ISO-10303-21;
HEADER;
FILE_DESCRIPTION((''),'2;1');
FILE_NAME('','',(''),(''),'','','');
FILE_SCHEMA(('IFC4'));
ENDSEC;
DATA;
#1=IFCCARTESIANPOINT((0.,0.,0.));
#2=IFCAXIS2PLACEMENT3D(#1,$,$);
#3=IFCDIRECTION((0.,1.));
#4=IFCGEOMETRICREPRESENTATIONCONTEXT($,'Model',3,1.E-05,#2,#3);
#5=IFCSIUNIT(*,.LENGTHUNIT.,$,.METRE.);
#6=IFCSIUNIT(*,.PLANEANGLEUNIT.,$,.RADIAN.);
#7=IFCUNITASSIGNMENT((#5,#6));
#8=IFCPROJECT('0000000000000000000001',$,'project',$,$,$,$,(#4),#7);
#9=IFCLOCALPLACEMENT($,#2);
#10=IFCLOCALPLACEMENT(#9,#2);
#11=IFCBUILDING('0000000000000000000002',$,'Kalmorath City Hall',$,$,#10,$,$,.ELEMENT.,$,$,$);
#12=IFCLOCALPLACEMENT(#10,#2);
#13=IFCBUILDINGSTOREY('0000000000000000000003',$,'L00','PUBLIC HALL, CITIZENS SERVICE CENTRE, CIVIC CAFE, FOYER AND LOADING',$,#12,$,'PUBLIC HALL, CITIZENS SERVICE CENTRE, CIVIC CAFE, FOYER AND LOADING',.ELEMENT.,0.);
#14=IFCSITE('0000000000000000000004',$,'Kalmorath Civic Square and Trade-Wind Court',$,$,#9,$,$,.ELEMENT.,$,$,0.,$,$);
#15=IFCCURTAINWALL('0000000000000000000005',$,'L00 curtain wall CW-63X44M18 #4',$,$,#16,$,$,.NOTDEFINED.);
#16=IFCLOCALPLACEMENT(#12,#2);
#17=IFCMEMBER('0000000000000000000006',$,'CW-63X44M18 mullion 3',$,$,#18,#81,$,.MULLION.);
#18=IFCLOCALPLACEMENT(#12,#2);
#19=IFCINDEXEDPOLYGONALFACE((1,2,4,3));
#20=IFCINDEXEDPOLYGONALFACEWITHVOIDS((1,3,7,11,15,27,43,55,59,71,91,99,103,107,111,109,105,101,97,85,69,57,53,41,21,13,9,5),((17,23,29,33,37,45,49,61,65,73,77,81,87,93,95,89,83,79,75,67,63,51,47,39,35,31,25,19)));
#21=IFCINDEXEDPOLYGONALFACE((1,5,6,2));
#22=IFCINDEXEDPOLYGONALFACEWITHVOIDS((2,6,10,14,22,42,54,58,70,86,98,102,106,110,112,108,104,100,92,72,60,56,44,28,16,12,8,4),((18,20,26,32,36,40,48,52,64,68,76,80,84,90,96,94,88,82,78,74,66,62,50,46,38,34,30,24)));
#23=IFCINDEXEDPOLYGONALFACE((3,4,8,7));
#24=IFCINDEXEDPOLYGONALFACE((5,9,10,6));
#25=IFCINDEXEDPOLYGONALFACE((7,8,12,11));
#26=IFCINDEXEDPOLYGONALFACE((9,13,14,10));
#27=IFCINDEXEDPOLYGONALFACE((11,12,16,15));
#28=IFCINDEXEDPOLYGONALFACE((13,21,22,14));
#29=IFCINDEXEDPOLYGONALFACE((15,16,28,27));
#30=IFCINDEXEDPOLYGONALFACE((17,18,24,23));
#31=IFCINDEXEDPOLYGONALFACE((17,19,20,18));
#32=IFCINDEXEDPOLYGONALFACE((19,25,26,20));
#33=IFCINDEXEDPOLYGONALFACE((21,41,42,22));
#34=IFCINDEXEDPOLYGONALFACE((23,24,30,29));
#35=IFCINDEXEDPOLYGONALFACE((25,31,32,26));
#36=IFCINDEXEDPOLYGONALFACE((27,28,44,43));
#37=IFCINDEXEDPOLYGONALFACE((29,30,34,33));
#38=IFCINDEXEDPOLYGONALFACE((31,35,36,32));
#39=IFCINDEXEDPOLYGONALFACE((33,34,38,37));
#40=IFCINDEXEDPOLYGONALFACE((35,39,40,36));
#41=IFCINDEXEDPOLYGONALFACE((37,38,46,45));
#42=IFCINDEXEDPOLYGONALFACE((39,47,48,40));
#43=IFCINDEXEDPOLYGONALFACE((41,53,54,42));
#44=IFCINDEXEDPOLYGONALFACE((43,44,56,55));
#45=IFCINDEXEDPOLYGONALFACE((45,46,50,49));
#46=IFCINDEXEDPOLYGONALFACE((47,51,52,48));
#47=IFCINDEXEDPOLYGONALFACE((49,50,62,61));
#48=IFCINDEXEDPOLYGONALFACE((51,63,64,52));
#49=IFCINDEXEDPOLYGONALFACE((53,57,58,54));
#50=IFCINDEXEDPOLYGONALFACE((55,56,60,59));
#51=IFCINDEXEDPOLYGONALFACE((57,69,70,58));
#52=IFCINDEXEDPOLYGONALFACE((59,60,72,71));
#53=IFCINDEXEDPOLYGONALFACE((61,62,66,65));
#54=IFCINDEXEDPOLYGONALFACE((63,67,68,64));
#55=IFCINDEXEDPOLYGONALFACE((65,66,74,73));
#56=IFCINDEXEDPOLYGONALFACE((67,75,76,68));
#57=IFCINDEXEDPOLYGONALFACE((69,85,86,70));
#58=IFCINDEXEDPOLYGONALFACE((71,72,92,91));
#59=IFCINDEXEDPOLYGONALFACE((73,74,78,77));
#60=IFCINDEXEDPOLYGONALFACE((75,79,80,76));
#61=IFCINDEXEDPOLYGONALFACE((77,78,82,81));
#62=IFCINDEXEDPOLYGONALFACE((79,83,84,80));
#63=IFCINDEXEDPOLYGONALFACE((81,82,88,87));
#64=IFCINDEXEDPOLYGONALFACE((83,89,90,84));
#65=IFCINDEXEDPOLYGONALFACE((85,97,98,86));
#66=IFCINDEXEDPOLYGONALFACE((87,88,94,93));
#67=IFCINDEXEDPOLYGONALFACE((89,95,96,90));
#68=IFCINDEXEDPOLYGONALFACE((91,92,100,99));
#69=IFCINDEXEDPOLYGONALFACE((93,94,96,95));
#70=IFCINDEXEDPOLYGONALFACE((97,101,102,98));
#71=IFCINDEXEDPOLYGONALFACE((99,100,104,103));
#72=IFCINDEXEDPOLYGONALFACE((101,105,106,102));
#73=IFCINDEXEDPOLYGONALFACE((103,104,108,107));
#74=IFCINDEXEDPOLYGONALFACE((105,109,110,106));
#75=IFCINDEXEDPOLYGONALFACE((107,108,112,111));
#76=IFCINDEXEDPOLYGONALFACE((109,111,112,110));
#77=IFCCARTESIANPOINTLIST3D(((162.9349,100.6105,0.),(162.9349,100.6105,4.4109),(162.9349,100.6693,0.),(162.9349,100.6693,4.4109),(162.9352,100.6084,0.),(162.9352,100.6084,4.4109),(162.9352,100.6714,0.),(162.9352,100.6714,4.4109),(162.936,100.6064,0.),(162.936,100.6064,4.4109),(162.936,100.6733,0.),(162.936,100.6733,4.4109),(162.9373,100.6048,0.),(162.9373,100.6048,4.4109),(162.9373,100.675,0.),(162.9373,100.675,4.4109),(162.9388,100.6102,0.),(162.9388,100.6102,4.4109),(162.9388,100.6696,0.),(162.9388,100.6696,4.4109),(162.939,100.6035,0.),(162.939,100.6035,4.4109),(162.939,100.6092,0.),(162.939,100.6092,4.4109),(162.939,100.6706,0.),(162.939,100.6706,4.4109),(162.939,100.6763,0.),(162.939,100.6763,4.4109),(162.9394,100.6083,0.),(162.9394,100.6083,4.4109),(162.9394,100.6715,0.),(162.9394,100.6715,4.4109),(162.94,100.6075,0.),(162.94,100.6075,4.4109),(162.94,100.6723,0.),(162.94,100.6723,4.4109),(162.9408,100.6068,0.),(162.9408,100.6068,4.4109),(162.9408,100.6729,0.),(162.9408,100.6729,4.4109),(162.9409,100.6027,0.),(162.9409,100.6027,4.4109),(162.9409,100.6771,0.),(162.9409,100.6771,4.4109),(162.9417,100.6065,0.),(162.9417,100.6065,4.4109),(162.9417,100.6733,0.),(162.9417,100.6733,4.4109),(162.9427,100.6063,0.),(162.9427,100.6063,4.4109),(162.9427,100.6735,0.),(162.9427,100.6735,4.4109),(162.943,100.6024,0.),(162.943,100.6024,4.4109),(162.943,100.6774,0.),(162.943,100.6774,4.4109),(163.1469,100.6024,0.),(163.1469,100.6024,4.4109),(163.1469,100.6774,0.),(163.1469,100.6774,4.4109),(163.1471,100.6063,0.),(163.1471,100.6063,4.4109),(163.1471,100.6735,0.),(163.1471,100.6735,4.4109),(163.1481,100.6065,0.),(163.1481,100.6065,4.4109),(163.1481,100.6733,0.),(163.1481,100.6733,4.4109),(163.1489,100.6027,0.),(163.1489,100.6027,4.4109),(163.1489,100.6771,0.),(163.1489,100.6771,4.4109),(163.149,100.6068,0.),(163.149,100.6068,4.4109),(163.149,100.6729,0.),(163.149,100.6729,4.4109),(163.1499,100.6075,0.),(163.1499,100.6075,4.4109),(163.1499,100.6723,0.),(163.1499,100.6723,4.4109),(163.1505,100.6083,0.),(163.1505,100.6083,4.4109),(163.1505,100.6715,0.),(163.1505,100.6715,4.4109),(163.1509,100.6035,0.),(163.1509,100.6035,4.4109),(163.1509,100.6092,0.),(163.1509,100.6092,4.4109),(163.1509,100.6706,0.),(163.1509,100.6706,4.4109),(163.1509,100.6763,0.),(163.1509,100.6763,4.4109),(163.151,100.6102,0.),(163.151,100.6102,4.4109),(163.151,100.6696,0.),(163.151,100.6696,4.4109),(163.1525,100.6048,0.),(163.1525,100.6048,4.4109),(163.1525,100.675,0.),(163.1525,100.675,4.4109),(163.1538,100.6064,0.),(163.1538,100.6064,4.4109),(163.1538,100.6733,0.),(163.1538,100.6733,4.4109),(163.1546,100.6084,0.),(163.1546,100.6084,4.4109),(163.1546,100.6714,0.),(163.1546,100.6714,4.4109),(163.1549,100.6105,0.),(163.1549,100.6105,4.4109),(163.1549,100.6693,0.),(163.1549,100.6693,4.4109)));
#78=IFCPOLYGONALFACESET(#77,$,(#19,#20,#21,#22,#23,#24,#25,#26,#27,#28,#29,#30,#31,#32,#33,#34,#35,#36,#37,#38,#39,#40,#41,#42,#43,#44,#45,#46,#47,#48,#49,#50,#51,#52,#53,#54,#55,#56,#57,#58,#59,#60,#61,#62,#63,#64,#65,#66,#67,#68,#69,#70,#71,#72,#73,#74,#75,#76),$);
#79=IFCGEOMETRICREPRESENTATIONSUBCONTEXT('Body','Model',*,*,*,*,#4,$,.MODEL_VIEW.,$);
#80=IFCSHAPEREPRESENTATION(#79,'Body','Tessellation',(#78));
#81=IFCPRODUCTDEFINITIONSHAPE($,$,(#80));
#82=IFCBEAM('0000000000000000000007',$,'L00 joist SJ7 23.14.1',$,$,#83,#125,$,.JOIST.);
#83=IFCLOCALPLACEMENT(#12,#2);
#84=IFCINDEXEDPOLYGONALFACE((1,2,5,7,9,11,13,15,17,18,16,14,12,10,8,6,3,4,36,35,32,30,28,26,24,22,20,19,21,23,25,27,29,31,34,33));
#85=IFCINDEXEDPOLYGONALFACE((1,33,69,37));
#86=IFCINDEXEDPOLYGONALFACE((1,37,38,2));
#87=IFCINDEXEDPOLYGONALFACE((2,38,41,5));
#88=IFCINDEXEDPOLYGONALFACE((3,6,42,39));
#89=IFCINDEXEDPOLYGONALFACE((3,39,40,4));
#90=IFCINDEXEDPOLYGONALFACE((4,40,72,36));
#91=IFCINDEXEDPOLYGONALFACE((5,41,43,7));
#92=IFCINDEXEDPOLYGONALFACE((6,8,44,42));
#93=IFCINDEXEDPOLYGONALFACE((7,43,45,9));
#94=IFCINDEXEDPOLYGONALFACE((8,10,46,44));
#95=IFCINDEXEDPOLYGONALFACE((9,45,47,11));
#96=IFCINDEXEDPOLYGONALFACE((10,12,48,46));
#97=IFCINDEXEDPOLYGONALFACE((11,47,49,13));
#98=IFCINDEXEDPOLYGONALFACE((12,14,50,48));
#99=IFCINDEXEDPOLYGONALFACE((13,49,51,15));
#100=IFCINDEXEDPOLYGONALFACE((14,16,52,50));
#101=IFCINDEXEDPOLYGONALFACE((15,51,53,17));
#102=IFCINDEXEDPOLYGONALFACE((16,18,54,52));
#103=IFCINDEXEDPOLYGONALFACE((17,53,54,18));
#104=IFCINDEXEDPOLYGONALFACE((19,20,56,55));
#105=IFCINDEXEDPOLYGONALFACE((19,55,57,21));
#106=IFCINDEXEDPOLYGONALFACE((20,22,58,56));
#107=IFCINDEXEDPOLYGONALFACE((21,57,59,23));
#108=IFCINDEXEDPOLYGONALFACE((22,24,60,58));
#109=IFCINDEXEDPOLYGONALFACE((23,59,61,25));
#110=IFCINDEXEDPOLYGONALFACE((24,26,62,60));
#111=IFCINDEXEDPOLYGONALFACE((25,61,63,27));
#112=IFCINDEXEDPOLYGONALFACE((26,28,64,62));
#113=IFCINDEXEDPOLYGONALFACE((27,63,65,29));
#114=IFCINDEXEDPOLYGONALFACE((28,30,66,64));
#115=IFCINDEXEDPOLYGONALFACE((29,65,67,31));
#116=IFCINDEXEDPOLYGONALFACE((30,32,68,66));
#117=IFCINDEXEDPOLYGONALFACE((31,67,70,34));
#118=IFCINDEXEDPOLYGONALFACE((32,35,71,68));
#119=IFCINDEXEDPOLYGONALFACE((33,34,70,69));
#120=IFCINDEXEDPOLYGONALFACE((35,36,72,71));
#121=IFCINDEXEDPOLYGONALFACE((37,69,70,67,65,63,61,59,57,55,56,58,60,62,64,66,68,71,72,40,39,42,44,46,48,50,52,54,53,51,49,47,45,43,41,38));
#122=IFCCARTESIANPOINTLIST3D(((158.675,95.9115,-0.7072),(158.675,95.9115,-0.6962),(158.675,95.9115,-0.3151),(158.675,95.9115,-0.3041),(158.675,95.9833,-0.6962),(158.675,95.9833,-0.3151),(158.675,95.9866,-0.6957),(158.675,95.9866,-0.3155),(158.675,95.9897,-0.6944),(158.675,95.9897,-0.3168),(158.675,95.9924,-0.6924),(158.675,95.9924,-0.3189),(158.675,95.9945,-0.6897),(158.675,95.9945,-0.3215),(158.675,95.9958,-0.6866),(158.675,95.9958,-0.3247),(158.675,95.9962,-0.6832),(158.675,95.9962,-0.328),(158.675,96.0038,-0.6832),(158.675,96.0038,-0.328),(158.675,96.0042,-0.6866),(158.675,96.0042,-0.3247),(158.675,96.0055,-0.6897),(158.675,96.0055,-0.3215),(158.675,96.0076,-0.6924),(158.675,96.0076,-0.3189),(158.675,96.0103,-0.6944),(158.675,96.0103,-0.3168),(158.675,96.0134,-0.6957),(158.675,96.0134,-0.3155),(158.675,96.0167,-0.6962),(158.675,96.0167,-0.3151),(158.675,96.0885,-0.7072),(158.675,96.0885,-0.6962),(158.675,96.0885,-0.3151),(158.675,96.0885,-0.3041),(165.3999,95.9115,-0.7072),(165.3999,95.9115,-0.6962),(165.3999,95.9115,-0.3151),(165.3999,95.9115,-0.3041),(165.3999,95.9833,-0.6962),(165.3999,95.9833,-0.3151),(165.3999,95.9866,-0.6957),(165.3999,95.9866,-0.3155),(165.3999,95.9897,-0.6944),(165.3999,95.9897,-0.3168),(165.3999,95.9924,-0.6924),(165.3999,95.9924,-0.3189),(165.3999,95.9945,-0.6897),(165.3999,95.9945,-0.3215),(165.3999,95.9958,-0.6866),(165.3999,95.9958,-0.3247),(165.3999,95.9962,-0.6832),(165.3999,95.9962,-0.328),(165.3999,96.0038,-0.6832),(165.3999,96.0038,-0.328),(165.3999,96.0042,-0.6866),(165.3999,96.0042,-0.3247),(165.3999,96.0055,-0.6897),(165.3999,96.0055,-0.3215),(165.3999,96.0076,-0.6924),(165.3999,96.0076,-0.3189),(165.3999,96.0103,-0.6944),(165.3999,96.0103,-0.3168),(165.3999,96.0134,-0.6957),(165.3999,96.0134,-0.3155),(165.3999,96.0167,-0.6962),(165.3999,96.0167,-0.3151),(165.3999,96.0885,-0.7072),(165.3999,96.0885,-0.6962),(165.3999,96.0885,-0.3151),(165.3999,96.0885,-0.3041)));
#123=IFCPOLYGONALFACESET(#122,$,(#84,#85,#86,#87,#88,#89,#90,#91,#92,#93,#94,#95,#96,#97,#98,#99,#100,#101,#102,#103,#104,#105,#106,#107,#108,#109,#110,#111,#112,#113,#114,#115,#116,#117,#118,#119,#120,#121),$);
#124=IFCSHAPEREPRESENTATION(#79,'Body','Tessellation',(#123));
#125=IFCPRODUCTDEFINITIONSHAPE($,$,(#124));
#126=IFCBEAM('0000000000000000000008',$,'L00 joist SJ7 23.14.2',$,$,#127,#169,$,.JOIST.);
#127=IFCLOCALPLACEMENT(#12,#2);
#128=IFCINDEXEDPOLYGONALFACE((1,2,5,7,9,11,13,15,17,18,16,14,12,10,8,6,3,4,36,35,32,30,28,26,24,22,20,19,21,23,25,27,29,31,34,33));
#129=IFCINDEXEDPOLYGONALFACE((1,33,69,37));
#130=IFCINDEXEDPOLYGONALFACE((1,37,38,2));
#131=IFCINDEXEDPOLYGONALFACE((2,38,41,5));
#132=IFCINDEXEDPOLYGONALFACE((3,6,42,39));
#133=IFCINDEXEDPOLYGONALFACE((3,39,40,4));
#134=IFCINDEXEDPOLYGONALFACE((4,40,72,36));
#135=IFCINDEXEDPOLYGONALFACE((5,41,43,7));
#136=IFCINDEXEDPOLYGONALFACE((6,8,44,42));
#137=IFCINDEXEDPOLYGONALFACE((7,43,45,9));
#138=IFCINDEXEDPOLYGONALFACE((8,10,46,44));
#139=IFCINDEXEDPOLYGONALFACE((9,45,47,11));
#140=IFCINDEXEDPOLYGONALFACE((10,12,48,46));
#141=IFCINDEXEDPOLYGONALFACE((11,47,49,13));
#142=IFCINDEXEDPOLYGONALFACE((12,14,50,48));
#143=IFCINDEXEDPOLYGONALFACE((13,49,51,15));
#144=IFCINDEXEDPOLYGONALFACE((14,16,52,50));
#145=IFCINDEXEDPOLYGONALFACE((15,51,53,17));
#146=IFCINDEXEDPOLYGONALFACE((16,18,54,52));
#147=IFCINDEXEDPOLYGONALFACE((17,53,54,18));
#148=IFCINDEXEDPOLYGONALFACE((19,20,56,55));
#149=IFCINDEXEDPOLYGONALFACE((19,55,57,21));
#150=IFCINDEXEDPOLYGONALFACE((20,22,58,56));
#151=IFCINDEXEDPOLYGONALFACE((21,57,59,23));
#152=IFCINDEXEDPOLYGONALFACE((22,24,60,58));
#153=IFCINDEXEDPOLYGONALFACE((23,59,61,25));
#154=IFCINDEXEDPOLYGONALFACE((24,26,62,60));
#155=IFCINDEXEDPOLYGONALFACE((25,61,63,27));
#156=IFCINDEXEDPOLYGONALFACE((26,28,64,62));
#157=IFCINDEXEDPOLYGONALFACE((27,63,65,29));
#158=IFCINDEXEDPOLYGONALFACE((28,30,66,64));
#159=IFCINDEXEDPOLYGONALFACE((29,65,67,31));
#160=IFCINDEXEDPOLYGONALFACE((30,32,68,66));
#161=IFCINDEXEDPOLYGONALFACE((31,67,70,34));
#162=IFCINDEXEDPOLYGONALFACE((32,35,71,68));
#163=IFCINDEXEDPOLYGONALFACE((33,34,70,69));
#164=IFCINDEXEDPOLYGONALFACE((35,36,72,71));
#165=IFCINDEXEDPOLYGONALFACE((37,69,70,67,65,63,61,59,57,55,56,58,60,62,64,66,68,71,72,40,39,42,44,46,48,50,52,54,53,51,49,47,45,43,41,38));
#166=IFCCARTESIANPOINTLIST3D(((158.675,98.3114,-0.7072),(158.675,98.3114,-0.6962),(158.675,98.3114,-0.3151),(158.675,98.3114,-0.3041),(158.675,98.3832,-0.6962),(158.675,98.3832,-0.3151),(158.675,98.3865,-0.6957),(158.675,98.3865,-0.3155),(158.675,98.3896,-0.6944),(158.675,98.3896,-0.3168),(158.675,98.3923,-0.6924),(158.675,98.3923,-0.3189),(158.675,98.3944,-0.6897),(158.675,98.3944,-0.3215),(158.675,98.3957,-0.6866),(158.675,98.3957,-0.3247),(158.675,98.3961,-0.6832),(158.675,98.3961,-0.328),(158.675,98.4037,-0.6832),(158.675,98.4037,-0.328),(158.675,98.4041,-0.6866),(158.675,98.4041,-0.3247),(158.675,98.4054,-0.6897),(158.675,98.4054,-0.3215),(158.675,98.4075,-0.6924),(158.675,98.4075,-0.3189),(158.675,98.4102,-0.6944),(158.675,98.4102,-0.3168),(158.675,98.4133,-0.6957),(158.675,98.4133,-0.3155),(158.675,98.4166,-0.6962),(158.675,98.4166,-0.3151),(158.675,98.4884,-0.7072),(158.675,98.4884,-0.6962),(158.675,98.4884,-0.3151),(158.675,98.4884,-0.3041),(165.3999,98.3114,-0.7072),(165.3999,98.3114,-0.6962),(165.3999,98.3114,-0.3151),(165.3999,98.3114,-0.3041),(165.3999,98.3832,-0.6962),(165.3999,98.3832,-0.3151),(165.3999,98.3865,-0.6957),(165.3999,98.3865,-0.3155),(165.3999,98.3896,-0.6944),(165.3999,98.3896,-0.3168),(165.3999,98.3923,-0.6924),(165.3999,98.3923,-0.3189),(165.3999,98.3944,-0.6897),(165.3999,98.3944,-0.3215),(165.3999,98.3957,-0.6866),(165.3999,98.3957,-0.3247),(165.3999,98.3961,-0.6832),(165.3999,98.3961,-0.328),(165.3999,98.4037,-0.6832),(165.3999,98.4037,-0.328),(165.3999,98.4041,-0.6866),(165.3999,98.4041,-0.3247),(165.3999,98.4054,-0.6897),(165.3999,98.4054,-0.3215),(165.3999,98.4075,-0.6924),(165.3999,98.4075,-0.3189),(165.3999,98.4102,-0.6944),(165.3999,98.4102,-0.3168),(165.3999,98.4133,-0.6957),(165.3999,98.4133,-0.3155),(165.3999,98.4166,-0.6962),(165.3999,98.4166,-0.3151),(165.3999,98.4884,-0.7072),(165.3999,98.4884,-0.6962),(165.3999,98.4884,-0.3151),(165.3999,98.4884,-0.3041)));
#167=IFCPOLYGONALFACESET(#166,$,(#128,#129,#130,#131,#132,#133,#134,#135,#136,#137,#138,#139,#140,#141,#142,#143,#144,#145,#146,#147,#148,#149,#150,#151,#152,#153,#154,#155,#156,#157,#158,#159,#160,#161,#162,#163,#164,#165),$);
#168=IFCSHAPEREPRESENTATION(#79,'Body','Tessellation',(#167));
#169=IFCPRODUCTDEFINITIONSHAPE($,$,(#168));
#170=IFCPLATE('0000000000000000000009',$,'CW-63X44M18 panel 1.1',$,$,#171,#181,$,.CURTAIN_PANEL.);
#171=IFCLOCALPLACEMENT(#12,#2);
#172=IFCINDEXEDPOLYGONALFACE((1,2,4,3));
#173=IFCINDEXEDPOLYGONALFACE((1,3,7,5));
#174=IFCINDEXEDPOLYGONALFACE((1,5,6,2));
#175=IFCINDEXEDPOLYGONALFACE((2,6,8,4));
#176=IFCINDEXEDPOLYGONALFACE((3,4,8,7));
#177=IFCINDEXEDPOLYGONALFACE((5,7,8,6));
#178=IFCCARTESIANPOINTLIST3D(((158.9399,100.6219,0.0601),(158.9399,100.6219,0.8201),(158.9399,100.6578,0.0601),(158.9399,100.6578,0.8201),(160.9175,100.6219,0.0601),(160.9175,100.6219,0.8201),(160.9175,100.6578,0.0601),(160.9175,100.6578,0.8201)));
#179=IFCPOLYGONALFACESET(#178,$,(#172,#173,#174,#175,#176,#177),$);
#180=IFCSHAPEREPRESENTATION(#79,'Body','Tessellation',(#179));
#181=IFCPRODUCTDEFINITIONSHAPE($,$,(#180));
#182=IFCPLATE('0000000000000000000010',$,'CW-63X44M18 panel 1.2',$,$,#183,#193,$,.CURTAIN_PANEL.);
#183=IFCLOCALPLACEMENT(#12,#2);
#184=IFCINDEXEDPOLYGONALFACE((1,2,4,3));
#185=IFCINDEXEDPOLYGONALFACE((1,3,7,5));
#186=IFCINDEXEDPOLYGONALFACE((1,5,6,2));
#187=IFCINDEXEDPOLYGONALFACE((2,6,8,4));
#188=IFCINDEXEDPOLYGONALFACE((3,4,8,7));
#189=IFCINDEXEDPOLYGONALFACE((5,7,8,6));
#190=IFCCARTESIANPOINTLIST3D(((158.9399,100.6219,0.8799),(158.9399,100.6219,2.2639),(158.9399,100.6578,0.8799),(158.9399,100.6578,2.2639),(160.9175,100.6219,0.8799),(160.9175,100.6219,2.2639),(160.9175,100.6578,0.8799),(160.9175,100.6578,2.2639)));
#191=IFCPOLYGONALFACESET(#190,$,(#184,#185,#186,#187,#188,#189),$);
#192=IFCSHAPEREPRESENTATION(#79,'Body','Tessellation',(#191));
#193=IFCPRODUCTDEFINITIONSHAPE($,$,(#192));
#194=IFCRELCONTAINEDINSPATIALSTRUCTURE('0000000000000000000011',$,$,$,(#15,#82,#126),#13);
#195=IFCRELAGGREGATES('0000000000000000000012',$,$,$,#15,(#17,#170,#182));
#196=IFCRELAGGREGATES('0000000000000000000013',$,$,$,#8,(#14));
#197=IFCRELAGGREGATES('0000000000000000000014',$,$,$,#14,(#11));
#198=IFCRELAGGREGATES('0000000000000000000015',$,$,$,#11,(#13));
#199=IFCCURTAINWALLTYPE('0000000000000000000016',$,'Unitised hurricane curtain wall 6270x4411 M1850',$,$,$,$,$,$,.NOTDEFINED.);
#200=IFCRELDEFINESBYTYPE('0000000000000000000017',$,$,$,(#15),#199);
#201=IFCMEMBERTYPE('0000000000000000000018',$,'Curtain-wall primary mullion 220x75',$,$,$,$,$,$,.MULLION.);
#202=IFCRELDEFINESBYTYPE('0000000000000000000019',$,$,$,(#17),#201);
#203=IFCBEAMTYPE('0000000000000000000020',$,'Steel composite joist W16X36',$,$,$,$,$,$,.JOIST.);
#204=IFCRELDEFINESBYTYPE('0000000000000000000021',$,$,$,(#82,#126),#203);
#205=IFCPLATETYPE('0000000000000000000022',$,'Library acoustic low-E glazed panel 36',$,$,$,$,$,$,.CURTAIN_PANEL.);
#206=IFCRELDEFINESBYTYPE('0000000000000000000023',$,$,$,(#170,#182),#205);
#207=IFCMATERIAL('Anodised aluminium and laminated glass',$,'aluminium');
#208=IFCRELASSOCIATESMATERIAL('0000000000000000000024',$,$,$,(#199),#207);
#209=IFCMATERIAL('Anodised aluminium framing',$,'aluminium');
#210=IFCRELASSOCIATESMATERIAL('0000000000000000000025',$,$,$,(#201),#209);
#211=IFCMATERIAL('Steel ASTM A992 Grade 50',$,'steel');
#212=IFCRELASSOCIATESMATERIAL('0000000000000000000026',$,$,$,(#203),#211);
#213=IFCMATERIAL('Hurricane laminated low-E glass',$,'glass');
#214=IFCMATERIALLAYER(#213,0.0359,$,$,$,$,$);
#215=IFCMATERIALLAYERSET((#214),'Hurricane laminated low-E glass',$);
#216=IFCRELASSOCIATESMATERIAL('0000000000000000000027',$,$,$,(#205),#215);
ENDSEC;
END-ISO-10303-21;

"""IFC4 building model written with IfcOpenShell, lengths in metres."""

from ifc_helpers import new_model, si_unit, direction, frame, origin, origin_2d, place, context, subcontext, project, spatial, rectangle, hollow_rectangle, i_section, extrude, material, layer, layer_set, material_profile, profile_set, type_object, element, aggregate, save


model = new_model("IFC4")

# Units and contexts
model_context = context("Model", 3, precision=1e-05, world=origin(), true_north=direction((0.0, 1.0)))
body_context = subcontext(model_context, "Body", "Model", "MODEL_VIEW")
ifc_project = project(units=[si_unit("LENGTHUNIT", "METRE"), si_unit("PLANEANGLEUNIT", "RADIAN")], contexts=[model_context])

# Site, building, storey
site_placement = place(None, origin())
site = spatial("IfcSite", under=ifc_project, at=site_placement, Name="Kalmorath Civic Square and Trade-Wind Court", CompositionType="ELEMENT", RefElevation=0.0)
building_placement = place(site_placement, origin())
building = spatial("IfcBuilding", under=site, at=building_placement, Name="Kalmorath City Hall", CompositionType="ELEMENT")
storey_placement = place(building_placement, origin())
storey = spatial("IfcBuildingStorey", under=building, at=storey_placement, Name="L00", Description="PUBLIC HALL, CITIZENS SERVICE CENTRE, CIVIC CAFE, FOYER AND LOADING", LongName="PUBLIC HALL, CITIZENS SERVICE CENTRE, CIVIC CAFE, FOYER AND LOADING", CompositionType="ELEMENT", Elevation=0.0)

# Curtain wall, member
ifc_material_1 = material(Name="Anodised aluminium and laminated glass", Category="aluminium")
curtain_wall_type = type_object("IfcCurtainWallType", Name="Unitised hurricane curtain wall 6270x4411 M1850", PredefinedType="NOTDEFINED", material=ifc_material_1)
curtain_wall_placement = place(storey_placement, origin())
curtain_wall = element("IfcCurtainWall", 1, at=curtain_wall_placement, inside=storey, type_object=curtain_wall_type, Name="L00 curtain wall CW-63X44M18 #4", PredefinedType="NOTDEFINED")
ifc_material_2 = material(Name="Anodised aluminium framing", Category="aluminium")
ifc_material_profile_1 = material_profile(ifc_material_2, hollow_rectangle(XDim=0.075, YDim=0.22, WallThickness=0.0039, InnerFilletRadius=0.0039, OuterFilletRadius=0.0081, at=origin_2d()), Name="ALU-MUL-220X75X4")
ifc_profile_set_1 = profile_set([ifc_material_profile_1], Name="Anodised aluminium framing")
member_type_1 = type_object("IfcMemberType", Name="Curtain-wall primary mullion 220x75", PredefinedType="MULLION", material=ifc_profile_set_1)
member_1_placement = place(storey_placement, frame((163.0449, 100.6399, 0.0), z_axis=(0.0, 0.0, 1.0), x_axis=(0.0, 1.0, 0.0)))
member_1 = element("IfcMember", 2, at=member_1_placement, type_object=member_type_1, Name="CW-63X44M18 mullion 3", PredefinedType="MULLION", context=body_context, shape_type="SweptSolid", body=[
    extrude(hollow_rectangle(XDim=0.075, YDim=0.22, WallThickness=0.0039, InnerFilletRadius=0.0039, OuterFilletRadius=0.0081, at=origin_2d()), origin(), (0.0, 0.0, 1.0), 4.4109),
])

# Beams
ifc_material_3 = material(Name="Steel ASTM A992 Grade 50", Category="steel")
ifc_material_profile_2 = material_profile(ifc_material_3, i_section(OverallWidth=0.177, OverallDepth=0.4031, WebThickness=0.0076, FlangeThickness=0.011, FilletRadius=0.0129, at=origin_2d()), Name="W16X36")
ifc_profile_set_2 = profile_set([ifc_material_profile_2], Name="Steel ASTM A992 Grade 50")
beam_type_1 = type_object("IfcBeamType", Name="Steel composite joist W16X36", PredefinedType="JOIST", material=ifc_profile_set_2)
for number, where, z_axis, x_axis, name in (
    (3, (158.675, 96.0, -0.5056), (1.0, 0.0, 0.0), (0.0, 1.0, 0.0), "L00 joist SJ7 23.14.1"),
    (4, (158.675, 98.3999, -0.5056), (1.0, 0.0, 0.0), (0.0, 1.0, 0.0), "L00 joist SJ7 23.14.2"),
):
    element("IfcBeam", number, at=place(storey_placement, frame(where, z_axis=z_axis, x_axis=x_axis)), inside=storey, type_object=beam_type_1, Name=name, PredefinedType="JOIST", context=body_context, shape_type="SweptSolid", body=[
        extrude(i_section(OverallWidth=0.177, OverallDepth=0.4031, WebThickness=0.0076, FlangeThickness=0.011, FilletRadius=0.0129, at=origin_2d()), origin(), (0.0, 0.0, 1.0), 6.7249),
    ])

# Plates
ifc_material_4 = material(Name="Hurricane laminated low-E glass", Category="glass")
ifc_layer_1 = layer(ifc_material_4, 0.0359)
ifc_layer_set_1 = layer_set([ifc_layer_1], Name="Hurricane laminated low-E glass")
plate_type = type_object("IfcPlateType", Name="Library acoustic low-E glazed panel 36", PredefinedType="CURTAIN_PANEL", material=ifc_layer_set_1)
plate_1_placement = place(storey_placement, frame((159.9287, 100.6399, 0.0601), z_axis=(0.0, 0.0, 1.0), x_axis=(1.0, 0.0, 0.0)))
plate_1 = element("IfcPlate", 5, at=plate_1_placement, type_object=plate_type, Name="CW-63X44M18 panel 1.1", PredefinedType="CURTAIN_PANEL", context=body_context, shape_type="SweptSolid", body=[
    extrude(rectangle(XDim=1.9775, YDim=0.0359, at=origin_2d()), origin(), (0.0, 0.0, 1.0), 0.76),
])
plate_2_placement = place(storey_placement, frame((159.9287, 100.6399, 0.8799), z_axis=(0.0, 0.0, 1.0), x_axis=(1.0, 0.0, 0.0)))
plate_2 = element("IfcPlate", 6, at=plate_2_placement, type_object=plate_type, Name="CW-63X44M18 panel 1.2", PredefinedType="CURTAIN_PANEL", context=body_context, shape_type="SweptSolid", body=[
    extrude(rectangle(XDim=1.9775, YDim=0.0359, at=origin_2d()), origin(), (0.0, 0.0, 1.0), 1.384),
])
aggregate(curtain_wall, [member_1, plate_1, plate_2])

save(model, "model.ifc")
